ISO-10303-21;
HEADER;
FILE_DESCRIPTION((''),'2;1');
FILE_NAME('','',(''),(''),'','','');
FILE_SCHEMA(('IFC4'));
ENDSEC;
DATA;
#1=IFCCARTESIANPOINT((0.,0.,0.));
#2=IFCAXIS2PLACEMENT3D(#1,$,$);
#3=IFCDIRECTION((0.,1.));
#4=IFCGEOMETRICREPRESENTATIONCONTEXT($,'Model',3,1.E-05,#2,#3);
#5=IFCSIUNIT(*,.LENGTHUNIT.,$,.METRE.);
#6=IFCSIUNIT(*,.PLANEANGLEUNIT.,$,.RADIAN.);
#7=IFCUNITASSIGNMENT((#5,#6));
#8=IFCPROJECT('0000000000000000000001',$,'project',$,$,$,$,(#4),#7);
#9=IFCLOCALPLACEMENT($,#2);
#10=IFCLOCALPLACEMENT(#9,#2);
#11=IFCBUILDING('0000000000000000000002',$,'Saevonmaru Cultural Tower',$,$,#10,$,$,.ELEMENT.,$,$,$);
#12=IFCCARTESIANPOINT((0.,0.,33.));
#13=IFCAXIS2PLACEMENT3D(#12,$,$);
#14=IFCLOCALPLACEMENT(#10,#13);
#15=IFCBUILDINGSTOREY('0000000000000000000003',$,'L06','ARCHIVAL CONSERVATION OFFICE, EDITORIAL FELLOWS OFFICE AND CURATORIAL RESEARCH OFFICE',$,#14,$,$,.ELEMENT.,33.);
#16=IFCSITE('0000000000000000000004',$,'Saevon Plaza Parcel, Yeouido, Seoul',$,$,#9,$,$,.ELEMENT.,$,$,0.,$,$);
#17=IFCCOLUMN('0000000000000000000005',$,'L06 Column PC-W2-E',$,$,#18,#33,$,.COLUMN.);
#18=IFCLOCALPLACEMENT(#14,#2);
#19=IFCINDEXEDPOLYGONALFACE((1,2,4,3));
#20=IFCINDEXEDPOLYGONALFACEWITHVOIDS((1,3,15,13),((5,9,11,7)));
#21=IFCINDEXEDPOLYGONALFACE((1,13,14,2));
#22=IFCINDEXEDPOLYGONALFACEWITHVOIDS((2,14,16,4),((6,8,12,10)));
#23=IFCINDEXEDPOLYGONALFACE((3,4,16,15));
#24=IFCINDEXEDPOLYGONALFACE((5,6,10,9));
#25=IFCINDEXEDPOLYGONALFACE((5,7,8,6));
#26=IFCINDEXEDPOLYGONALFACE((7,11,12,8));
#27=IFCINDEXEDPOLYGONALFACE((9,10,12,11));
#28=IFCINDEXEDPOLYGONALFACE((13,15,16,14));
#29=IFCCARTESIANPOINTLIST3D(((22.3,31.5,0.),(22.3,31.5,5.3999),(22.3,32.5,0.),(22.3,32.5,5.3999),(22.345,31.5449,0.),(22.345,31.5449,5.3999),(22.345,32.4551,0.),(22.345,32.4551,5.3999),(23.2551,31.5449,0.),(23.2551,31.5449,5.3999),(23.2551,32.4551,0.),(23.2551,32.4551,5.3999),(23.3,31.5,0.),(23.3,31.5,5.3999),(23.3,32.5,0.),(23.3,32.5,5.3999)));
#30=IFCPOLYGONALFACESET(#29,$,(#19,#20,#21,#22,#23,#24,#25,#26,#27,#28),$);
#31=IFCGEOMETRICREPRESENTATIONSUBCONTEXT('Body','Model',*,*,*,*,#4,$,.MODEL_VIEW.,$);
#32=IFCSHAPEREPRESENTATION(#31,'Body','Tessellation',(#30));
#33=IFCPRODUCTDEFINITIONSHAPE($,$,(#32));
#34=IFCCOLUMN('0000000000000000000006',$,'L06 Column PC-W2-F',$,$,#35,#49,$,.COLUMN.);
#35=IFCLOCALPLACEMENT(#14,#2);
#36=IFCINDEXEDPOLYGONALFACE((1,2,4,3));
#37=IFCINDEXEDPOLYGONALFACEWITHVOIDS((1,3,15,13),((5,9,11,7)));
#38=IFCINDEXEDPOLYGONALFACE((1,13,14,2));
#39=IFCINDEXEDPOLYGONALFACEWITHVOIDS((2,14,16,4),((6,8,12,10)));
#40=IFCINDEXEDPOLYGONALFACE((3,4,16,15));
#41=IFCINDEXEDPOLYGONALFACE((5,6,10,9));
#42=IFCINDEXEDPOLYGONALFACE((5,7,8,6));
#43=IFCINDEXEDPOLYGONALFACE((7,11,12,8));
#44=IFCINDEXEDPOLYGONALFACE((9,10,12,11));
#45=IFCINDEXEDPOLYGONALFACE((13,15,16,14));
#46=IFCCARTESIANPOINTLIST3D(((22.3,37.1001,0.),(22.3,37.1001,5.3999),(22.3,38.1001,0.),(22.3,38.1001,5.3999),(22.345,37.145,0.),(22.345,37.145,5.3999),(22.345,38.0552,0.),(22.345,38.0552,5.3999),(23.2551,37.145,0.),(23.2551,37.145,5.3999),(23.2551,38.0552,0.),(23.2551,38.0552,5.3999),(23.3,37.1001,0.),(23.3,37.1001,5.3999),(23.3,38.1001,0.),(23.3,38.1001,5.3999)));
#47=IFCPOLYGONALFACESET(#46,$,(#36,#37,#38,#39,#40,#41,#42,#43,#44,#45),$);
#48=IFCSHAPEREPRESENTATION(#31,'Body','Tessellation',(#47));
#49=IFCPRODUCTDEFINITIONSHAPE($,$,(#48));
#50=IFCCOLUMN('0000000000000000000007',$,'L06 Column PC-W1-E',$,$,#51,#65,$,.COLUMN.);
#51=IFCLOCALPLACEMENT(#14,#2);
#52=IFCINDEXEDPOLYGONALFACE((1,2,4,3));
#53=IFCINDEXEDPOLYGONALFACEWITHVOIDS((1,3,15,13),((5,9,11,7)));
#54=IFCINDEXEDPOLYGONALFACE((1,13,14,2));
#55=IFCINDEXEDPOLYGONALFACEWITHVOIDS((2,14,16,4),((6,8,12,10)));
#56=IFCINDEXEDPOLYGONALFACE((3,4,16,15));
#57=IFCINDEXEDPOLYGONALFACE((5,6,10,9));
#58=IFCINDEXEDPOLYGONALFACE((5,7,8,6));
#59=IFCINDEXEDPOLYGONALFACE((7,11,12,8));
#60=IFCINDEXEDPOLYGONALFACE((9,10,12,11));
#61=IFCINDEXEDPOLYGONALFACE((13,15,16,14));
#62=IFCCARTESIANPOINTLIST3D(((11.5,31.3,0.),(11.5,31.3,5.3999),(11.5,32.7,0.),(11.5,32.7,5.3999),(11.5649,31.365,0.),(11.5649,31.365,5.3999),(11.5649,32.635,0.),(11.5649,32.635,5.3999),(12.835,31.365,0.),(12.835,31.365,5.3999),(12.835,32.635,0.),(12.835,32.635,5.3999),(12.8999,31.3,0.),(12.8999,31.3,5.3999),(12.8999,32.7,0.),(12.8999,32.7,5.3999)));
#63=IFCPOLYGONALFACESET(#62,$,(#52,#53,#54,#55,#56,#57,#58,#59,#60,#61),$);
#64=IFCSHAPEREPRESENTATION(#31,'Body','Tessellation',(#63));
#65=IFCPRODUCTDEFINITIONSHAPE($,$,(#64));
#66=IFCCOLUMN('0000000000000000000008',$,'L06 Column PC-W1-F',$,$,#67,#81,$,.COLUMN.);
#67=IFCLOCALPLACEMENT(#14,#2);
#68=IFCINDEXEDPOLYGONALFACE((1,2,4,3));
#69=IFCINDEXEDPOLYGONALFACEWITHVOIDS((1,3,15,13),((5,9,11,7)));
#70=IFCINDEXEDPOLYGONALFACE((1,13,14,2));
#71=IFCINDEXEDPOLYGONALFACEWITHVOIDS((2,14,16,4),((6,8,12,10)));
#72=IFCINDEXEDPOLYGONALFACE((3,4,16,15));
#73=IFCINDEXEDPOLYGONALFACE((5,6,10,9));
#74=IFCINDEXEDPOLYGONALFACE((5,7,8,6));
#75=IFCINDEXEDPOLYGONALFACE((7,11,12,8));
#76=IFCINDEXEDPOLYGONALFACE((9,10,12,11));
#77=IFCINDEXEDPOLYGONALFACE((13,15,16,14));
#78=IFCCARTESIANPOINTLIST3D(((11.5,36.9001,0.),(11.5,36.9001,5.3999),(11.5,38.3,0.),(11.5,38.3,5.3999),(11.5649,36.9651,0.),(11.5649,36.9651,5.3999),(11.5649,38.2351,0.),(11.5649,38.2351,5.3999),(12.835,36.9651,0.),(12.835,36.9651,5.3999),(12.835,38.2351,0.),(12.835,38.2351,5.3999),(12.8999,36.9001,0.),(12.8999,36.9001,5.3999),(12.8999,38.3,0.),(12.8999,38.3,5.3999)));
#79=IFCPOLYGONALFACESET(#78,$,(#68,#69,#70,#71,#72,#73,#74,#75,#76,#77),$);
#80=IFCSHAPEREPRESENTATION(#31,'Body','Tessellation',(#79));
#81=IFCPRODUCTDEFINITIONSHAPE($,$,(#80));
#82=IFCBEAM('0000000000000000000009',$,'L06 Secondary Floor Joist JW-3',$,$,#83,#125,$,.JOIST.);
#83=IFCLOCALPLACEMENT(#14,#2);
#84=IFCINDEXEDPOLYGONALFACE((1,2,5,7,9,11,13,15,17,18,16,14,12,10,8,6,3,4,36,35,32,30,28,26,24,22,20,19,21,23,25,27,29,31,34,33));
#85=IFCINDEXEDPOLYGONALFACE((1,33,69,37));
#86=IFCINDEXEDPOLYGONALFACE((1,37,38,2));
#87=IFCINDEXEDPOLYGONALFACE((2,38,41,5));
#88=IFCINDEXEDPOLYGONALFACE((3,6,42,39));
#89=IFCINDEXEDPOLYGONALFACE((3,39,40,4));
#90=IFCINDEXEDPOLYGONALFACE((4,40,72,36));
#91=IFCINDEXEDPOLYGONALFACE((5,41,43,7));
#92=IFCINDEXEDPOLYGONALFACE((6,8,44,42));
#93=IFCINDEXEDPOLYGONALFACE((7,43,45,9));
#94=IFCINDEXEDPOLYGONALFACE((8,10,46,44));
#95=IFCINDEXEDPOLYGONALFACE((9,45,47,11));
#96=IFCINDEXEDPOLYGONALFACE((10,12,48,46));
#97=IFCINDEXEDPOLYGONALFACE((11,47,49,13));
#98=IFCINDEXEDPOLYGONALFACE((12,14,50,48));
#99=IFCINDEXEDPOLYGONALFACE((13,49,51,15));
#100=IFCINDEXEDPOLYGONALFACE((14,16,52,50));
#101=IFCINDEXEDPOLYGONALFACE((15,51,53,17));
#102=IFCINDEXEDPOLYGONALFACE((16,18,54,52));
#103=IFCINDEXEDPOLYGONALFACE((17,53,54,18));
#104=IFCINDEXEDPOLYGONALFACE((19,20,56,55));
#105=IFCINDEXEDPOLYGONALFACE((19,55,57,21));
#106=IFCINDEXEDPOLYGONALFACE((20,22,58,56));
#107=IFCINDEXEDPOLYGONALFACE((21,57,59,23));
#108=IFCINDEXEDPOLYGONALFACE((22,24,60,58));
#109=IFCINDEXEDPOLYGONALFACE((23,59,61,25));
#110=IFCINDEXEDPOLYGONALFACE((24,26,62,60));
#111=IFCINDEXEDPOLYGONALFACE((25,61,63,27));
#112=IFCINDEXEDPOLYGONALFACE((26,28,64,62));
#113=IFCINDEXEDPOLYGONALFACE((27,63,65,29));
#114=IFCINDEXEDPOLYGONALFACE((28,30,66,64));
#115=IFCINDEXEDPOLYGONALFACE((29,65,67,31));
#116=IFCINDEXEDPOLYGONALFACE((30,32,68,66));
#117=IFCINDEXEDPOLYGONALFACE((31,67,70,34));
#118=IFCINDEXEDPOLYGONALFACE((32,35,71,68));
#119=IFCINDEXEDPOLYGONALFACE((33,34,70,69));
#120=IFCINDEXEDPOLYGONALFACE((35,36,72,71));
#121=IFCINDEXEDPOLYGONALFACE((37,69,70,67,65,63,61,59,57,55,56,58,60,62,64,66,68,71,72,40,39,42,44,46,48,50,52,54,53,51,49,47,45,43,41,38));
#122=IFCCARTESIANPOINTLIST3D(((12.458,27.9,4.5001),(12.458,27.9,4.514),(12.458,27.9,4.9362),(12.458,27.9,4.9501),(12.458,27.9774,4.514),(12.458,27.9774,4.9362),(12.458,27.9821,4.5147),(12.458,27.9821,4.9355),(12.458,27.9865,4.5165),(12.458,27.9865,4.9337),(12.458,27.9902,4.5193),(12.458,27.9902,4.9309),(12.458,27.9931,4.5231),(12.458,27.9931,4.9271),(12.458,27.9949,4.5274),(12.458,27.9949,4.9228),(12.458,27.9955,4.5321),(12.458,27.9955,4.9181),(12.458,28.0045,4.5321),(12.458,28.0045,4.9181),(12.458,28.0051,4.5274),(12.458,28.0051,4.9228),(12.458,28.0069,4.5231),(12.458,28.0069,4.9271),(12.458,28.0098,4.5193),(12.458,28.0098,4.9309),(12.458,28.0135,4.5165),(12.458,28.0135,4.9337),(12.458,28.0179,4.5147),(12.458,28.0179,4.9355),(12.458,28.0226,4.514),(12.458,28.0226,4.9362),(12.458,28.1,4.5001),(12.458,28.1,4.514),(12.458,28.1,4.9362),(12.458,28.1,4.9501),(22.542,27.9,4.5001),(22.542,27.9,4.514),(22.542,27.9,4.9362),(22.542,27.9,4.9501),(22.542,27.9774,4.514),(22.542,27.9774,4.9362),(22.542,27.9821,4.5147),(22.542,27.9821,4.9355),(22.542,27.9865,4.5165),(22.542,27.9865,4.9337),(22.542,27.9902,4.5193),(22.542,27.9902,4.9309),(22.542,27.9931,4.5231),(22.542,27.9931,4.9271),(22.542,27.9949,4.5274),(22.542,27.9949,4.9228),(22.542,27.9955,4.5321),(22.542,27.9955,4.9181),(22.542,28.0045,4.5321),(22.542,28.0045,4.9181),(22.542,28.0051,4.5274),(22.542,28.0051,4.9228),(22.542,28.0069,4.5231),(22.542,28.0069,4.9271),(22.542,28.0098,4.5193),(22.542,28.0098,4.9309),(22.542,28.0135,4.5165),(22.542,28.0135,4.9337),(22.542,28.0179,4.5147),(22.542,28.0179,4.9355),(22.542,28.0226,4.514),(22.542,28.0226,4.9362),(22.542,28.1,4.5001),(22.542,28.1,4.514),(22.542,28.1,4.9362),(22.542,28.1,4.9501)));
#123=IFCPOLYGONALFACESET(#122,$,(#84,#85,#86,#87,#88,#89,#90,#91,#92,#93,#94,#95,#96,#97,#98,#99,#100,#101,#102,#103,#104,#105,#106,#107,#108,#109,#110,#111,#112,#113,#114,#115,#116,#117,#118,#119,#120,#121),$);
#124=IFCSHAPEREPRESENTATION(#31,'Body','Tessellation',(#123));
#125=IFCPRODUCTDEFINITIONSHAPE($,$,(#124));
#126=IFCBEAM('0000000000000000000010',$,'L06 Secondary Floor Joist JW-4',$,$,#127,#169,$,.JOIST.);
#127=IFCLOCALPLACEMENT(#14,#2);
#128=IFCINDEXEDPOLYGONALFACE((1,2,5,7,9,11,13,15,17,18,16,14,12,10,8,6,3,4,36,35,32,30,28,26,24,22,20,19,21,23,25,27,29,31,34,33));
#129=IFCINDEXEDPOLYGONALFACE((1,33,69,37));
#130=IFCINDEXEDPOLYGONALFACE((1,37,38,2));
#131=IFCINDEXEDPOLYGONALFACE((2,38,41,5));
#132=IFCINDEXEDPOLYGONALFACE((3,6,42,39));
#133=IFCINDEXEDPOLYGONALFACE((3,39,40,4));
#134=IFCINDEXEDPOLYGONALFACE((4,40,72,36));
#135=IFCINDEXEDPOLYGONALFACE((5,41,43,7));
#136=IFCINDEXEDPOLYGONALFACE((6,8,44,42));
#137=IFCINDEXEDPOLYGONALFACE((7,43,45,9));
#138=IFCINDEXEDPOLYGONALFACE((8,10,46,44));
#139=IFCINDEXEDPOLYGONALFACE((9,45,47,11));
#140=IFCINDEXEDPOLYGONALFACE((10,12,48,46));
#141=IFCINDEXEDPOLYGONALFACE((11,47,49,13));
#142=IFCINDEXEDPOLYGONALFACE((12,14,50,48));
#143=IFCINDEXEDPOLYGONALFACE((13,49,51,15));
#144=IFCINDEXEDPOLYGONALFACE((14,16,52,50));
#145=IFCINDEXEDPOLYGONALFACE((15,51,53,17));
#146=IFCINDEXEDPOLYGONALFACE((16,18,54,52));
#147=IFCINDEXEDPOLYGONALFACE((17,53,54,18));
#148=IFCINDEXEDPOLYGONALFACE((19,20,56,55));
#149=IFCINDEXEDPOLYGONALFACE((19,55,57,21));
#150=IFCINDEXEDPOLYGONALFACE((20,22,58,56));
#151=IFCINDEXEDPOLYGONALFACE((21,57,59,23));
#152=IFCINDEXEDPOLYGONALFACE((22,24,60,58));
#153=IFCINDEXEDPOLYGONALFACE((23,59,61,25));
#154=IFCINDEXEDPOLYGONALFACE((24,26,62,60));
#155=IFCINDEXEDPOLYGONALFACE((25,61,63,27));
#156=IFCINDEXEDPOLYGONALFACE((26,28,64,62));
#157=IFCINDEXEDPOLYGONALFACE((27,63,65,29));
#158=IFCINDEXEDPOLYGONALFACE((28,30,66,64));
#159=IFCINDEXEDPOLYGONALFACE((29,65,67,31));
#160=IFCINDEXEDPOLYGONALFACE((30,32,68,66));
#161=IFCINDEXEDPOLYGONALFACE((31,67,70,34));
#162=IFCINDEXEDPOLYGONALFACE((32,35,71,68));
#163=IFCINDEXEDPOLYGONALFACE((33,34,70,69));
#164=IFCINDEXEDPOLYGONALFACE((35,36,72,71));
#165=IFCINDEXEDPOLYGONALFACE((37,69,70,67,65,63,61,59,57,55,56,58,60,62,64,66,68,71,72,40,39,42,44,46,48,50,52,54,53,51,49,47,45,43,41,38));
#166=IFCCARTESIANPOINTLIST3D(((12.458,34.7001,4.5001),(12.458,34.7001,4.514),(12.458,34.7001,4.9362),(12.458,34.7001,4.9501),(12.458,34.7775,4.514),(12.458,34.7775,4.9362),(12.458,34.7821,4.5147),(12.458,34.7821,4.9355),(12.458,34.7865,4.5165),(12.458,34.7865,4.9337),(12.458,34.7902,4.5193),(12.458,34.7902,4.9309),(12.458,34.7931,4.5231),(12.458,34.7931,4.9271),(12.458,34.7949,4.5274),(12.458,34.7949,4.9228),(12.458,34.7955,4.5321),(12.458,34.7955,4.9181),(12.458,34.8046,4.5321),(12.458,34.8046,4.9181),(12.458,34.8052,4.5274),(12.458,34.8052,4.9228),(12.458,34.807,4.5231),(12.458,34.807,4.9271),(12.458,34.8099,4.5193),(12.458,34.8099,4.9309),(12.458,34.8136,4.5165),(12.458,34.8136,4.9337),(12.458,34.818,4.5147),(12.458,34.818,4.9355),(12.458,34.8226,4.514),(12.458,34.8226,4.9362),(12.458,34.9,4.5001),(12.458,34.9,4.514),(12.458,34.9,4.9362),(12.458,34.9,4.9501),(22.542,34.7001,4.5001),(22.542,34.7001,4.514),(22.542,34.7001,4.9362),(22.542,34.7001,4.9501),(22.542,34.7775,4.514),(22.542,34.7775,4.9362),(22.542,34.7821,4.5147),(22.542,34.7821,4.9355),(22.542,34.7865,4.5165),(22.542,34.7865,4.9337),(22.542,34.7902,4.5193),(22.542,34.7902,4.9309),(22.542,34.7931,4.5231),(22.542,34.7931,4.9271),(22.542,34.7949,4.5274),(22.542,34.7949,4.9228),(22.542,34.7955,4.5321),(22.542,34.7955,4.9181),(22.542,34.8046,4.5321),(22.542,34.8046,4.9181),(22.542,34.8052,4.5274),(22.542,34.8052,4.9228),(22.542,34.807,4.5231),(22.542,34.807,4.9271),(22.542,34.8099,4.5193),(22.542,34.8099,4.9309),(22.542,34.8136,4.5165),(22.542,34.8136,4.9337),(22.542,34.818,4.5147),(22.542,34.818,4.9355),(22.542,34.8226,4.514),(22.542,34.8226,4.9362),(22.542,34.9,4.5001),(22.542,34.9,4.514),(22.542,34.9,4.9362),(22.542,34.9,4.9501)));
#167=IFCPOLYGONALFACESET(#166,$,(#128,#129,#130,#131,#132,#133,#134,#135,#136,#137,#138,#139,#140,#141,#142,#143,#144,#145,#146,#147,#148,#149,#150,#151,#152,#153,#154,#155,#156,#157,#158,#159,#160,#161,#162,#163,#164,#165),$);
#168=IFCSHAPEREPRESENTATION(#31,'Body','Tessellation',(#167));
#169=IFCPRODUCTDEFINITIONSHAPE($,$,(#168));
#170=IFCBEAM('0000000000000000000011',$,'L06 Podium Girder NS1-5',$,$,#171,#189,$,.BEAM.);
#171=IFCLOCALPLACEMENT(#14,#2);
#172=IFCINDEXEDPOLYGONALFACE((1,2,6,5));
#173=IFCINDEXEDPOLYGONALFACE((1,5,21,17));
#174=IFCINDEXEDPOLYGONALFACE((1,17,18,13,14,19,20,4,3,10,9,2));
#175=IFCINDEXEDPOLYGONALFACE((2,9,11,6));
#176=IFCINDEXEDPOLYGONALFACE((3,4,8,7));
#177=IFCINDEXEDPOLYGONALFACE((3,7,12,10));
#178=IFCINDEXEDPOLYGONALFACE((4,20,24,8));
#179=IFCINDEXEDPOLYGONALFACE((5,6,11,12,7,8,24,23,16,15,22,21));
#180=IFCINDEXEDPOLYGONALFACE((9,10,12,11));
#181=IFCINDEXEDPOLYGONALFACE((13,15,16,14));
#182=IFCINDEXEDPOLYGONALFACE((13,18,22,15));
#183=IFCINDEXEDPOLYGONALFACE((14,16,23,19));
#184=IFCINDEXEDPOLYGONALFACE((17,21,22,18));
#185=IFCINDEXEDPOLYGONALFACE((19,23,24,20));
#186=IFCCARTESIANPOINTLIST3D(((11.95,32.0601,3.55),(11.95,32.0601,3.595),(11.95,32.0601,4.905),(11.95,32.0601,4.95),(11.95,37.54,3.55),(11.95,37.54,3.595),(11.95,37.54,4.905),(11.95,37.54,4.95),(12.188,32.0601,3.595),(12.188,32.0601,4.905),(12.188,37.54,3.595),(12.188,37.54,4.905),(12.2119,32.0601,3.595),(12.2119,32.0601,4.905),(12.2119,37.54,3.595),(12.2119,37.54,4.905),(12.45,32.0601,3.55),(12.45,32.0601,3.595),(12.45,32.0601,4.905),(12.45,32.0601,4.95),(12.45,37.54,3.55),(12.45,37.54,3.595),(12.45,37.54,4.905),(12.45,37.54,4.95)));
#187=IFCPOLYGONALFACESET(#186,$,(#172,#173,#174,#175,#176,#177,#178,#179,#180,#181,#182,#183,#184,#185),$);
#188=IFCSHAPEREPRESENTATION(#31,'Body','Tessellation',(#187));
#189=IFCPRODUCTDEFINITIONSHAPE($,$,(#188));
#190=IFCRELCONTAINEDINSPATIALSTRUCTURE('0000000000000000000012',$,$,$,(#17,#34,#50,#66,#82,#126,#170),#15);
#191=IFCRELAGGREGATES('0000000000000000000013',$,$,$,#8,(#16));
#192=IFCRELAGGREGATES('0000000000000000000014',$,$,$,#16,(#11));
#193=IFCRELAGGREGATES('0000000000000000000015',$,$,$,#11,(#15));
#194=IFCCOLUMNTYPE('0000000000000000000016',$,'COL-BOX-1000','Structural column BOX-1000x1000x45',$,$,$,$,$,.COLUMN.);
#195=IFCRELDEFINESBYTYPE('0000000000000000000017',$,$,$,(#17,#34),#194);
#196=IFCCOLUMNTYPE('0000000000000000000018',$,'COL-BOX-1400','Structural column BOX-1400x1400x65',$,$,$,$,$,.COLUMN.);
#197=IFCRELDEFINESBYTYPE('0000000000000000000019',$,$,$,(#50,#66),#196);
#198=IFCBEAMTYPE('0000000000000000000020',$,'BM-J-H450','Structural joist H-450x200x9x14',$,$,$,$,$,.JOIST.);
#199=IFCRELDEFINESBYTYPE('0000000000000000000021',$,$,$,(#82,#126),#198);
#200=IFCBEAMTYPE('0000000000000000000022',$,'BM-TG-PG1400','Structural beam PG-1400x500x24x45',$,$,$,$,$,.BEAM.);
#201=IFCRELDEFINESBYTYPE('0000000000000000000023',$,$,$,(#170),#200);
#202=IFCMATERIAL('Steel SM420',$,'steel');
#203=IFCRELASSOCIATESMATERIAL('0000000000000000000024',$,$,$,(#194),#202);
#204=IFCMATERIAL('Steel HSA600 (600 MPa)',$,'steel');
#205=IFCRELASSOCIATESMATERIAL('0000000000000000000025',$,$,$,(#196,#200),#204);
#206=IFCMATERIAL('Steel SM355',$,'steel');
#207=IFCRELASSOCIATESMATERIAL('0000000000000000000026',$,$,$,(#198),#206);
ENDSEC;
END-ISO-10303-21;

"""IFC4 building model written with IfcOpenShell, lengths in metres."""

from ifc_helpers import new_model, si_unit, direction, frame, origin, origin_2d, place, context, subcontext, project, spatial, hollow_rectangle, i_section, extrude, material, material_profile, profile_set, type_object, element, save


model = new_model("IFC4")

# Units and contexts
model_context = context("Model", 3, precision=1e-05, world=origin(), true_north=direction((0.0, 1.0)))
body_context = subcontext(model_context, "Body", "Model", "MODEL_VIEW")
ifc_project = project(units=[si_unit("LENGTHUNIT", "METRE"), si_unit("PLANEANGLEUNIT", "RADIAN")], contexts=[model_context])

# Site, building, storey
site_placement = place(None, origin())
site = spatial("IfcSite", under=ifc_project, at=site_placement, Name="Saevon Plaza Parcel, Yeouido, Seoul", CompositionType="ELEMENT", RefElevation=0.0)
building_placement = place(site_placement, origin())
building = spatial("IfcBuilding", under=site, at=building_placement, Name="Saevonmaru Cultural Tower", CompositionType="ELEMENT")
storey_placement = place(building_placement, frame((0.0, 0.0, 33.0)))
storey = spatial("IfcBuildingStorey", under=building, at=storey_placement, Name="L06", Description="ARCHIVAL CONSERVATION OFFICE, EDITORIAL FELLOWS OFFICE AND CURATORIAL RESEARCH OFFICE", CompositionType="ELEMENT", Elevation=33.0)

# Columns
ifc_material_1 = material(Name="Steel SM420", Category="steel")
ifc_material_profile_1 = material_profile(ifc_material_1, hollow_rectangle(XDim=1.0, YDim=1.0, WallThickness=0.0449, at=origin_2d()), Name="BOX-1000x1000x45")
ifc_profile_set_1 = profile_set([ifc_material_profile_1], Name="Steel SM420")
column_type_1 = type_object("IfcColumnType", Name="COL-BOX-1000", Description="Structural column BOX-1000x1000x45", PredefinedType="COLUMN", material=ifc_profile_set_1)
for number, where, z_axis, x_axis, name in (
    (1, (22.8, 32.0, 0.0), (0.0, 0.0, 1.0), (1.0, 0.0, 0.0), "L06 Column PC-W2-E"),
    (2, (22.8, 37.6001, 0.0), (0.0, 0.0, 1.0), (1.0, 0.0, 0.0), "L06 Column PC-W2-F"),
):
    element("IfcColumn", number, at=place(storey_placement, frame(where, z_axis=z_axis, x_axis=x_axis)), inside=storey, type_object=column_type_1, Name=name, PredefinedType="COLUMN", context=body_context, shape_type="SweptSolid", body=[
        extrude(hollow_rectangle(XDim=1.0, YDim=1.0, WallThickness=0.0449, at=origin_2d()), origin(), (0.0, 0.0, 1.0), 5.3999),
    ])
ifc_material_2 = material(Name="Steel HSA600 (600 MPa)", Category="steel")
ifc_material_profile_2 = material_profile(ifc_material_2, hollow_rectangle(XDim=1.3999, YDim=1.3999, WallThickness=0.0649, at=origin_2d()), Name="BOX-1400x1400x65")
ifc_profile_set_2 = profile_set([ifc_material_profile_2], Name="Steel HSA600 (600 MPa)")
column_type_2 = type_object("IfcColumnType", Name="COL-BOX-1400", Description="Structural column BOX-1400x1400x65", PredefinedType="COLUMN", material=ifc_profile_set_2)
for number, where, z_axis, x_axis, name in (
    (3, (12.2, 32.0, 0.0), (0.0, 0.0, 1.0), (1.0, 0.0, 0.0), "L06 Column PC-W1-E"),
    (4, (12.2, 37.6001, 0.0), (0.0, 0.0, 1.0), (1.0, 0.0, 0.0), "L06 Column PC-W1-F"),
):
    element("IfcColumn", number, at=place(storey_placement, frame(where, z_axis=z_axis, x_axis=x_axis)), inside=storey, type_object=column_type_2, Name=name, PredefinedType="COLUMN", context=body_context, shape_type="SweptSolid", body=[
        extrude(hollow_rectangle(XDim=1.3999, YDim=1.3999, WallThickness=0.0649, at=origin_2d()), origin(), (0.0, 0.0, 1.0), 5.3999),
    ])

# Beams
ifc_material_3 = material(Name="Steel SM355", Category="steel")
ifc_material_profile_3 = material_profile(ifc_material_3, i_section(OverallWidth=0.2, OverallDepth=0.45, WebThickness=0.009, FlangeThickness=0.0139, FilletRadius=0.0181, at=origin_2d()), Name="H-450x200x9x14")
ifc_profile_set_3 = profile_set([ifc_material_profile_3], Name="Steel SM355")
beam_type_1 = type_object("IfcBeamType", Name="BM-J-H450", Description="Structural joist H-450x200x9x14", PredefinedType="JOIST", material=ifc_profile_set_3)
for number, where, z_axis, x_axis, name in (
    (5, (12.458, 28.0, 4.7251), (1.0, 0.0, 0.0), (0.0, 1.0, 0.0), "L06 Secondary Floor Joist JW-3"),
    (6, (12.458, 34.8, 4.7251), (1.0, 0.0, 0.0), (0.0, 1.0, 0.0), "L06 Secondary Floor Joist JW-4"),
):
    element("IfcBeam", number, at=place(storey_placement, frame(where, z_axis=z_axis, x_axis=x_axis)), inside=storey, type_object=beam_type_1, Name=name, PredefinedType="JOIST", context=body_context, shape_type="SweptSolid", body=[
        extrude(i_section(OverallWidth=0.2, OverallDepth=0.45, WebThickness=0.009, FlangeThickness=0.0139, FilletRadius=0.0181, at=origin_2d()), origin(), (0.0, 0.0, 1.0), 10.084),
    ])
ifc_material_profile_4 = material_profile(ifc_material_2, i_section(OverallWidth=0.5, OverallDepth=1.3999, WebThickness=0.0239, FlangeThickness=0.0449, at=origin_2d()), Name="PG-1400x500x24x45")
ifc_profile_set_4 = profile_set([ifc_material_profile_4], Name="Steel HSA600 (600 MPa)")
beam_type_2 = type_object("IfcBeamType", Name="BM-TG-PG1400", Description="Structural beam PG-1400x500x24x45", PredefinedType="BEAM", material=ifc_profile_set_4)
beam_1_placement = place(storey_placement, frame((12.2, 32.0601, 4.25), z_axis=(0.0, 1.0, 0.0), x_axis=(-1.0, 0.0, 0.0)))
element("IfcBeam", 7, at=beam_1_placement, inside=storey, type_object=beam_type_2, Name="L06 Podium Girder NS1-5", PredefinedType="BEAM", context=body_context, shape_type="SweptSolid", body=[
    extrude(i_section(OverallWidth=0.5, OverallDepth=1.3999, WebThickness=0.0239, FlangeThickness=0.0449, at=origin_2d()), origin(), (0.0, 0.0, 1.0), 5.48),
])

save(model, "model.ifc")
